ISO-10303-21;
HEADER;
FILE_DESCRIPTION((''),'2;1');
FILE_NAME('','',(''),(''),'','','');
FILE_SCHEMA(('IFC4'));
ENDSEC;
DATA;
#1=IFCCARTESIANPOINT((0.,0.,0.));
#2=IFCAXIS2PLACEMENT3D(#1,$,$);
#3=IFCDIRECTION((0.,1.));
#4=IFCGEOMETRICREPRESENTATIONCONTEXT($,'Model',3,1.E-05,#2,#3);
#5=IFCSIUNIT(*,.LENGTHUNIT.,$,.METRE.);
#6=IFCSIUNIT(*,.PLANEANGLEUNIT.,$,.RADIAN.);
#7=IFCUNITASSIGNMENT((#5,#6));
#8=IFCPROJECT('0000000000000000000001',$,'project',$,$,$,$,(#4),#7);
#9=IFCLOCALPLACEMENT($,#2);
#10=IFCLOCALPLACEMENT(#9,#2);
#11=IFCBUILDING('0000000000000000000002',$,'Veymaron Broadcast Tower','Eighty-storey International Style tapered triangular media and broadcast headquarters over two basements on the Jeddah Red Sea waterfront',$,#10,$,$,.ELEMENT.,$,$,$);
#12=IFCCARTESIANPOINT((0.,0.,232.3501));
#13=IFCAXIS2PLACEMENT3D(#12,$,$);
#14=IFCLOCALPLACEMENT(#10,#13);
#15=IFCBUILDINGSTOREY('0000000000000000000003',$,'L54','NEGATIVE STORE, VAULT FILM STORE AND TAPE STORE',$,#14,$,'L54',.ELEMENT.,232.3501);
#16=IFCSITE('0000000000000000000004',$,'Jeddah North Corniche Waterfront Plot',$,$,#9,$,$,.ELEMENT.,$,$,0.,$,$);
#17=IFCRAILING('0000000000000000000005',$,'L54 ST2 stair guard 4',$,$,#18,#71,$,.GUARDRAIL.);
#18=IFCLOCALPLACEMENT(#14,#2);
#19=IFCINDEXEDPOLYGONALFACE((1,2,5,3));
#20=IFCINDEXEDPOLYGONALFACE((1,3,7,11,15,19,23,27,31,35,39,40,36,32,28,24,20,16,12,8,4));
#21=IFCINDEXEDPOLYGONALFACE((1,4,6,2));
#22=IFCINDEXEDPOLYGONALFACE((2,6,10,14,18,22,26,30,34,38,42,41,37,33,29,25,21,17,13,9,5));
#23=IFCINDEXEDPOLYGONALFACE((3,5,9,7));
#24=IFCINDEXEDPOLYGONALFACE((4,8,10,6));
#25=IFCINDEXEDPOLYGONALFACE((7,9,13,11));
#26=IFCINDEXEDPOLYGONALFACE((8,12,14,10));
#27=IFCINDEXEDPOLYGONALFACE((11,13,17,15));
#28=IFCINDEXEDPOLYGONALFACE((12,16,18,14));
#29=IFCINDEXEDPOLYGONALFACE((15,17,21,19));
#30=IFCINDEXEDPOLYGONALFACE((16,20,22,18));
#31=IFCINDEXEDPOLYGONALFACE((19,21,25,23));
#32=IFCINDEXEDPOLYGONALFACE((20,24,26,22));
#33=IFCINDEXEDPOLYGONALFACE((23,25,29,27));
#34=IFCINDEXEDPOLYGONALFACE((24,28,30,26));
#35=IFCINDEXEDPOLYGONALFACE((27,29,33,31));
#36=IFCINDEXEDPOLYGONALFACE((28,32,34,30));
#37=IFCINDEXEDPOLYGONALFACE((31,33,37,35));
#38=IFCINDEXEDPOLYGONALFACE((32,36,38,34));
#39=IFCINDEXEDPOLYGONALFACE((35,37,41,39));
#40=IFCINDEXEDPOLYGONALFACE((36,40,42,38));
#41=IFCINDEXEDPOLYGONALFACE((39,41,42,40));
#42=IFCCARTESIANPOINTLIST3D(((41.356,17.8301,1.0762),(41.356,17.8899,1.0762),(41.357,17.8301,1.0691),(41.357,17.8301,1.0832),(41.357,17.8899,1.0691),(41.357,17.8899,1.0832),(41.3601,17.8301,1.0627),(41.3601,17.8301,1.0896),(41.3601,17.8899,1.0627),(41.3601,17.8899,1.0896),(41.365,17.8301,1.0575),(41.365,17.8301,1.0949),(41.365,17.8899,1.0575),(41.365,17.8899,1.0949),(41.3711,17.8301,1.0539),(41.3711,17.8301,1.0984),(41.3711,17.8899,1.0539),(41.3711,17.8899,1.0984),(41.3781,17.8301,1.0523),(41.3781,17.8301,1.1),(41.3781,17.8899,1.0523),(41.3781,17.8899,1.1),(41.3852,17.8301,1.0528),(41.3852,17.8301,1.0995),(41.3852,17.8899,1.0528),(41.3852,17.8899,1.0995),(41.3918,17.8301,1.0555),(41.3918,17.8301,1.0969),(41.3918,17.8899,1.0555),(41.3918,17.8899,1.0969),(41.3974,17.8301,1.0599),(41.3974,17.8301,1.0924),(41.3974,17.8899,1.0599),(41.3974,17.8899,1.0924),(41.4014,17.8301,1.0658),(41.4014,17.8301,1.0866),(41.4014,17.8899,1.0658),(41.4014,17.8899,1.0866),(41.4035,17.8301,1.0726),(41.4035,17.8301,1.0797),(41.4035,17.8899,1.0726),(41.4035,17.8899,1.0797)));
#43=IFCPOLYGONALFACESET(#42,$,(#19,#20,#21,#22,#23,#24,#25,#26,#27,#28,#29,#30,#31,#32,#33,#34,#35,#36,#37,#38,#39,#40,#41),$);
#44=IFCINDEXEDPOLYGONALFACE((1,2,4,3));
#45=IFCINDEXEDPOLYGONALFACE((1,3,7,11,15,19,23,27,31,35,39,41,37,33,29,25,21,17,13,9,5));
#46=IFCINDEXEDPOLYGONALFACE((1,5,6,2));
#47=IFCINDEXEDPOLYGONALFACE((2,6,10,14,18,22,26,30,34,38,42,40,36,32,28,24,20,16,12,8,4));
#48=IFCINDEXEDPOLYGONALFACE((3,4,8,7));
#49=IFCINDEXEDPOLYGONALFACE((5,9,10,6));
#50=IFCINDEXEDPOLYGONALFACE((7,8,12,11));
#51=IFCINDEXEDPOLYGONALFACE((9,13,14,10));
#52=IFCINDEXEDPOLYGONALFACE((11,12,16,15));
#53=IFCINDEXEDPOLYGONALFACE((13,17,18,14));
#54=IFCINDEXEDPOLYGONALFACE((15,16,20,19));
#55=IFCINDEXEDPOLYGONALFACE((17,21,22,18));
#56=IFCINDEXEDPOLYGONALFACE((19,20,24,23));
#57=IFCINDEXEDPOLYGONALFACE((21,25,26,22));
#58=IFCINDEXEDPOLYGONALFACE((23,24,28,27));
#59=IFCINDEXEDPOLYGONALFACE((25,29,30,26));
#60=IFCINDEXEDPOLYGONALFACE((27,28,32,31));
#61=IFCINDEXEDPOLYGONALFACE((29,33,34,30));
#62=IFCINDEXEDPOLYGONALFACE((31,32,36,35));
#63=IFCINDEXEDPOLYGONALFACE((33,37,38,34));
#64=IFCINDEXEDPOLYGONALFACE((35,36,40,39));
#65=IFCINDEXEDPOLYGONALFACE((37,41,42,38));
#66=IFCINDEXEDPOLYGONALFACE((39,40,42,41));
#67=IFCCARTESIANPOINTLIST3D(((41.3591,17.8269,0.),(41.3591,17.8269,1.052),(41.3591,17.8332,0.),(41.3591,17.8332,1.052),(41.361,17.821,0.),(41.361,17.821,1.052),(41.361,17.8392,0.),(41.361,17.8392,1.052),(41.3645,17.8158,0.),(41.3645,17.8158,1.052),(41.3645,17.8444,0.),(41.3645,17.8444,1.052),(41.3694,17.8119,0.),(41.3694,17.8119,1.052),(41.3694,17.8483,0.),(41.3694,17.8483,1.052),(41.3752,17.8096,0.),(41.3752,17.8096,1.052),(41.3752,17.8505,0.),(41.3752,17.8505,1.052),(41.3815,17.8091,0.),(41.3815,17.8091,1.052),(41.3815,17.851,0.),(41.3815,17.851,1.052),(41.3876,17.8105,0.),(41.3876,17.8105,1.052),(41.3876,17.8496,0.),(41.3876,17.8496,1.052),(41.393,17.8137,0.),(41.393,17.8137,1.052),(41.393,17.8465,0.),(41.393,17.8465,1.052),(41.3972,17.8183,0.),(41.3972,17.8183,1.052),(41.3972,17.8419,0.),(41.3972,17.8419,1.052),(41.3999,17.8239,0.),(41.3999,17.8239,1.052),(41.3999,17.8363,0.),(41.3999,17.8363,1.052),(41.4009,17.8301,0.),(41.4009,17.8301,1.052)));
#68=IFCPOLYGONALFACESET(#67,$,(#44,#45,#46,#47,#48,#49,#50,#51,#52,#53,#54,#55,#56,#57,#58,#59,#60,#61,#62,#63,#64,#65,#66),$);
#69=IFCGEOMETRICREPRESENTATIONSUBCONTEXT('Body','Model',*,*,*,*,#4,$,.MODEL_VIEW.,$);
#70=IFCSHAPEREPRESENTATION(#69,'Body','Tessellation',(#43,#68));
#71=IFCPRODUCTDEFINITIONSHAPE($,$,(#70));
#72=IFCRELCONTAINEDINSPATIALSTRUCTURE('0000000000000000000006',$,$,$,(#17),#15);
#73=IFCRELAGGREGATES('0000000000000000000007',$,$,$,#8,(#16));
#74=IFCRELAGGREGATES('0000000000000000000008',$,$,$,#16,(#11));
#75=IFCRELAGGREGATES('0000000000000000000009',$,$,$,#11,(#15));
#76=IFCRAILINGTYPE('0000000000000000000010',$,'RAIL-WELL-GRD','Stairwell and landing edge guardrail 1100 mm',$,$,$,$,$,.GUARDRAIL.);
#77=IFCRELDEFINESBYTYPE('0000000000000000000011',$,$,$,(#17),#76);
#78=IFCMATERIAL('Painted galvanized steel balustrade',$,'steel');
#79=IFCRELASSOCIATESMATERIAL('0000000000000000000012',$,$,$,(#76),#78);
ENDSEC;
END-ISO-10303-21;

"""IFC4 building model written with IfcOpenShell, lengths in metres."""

from ifc_helpers import new_model, si_unit, direction, frame, origin, origin_2d, place, context, subcontext, project, spatial, circle, extrude, material, type_object, element, save


model = new_model("IFC4")

# Units and contexts
model_context = context("Model", 3, precision=1e-05, world=origin(), true_north=direction((0.0, 1.0)))
body_context = subcontext(model_context, "Body", "Model", "MODEL_VIEW")
ifc_project = project(units=[si_unit("LENGTHUNIT", "METRE"), si_unit("PLANEANGLEUNIT", "RADIAN")], contexts=[model_context])

# Site, building, storey
site_placement = place(None, origin())
site = spatial("IfcSite", under=ifc_project, at=site_placement, Name="Jeddah North Corniche Waterfront Plot", CompositionType="ELEMENT", RefElevation=0.0)
building_placement = place(site_placement, origin())
building = spatial("IfcBuilding", under=site, at=building_placement, Name="Veymaron Broadcast Tower", Description="Eighty-storey International Style tapered triangular media and broadcast headquarters over two basements on the Jeddah Red Sea waterfront", CompositionType="ELEMENT")
storey_placement = place(building_placement, frame((0.0, 0.0, 232.3501)))
storey = spatial("IfcBuildingStorey", under=building, at=storey_placement, Name="L54", Description="NEGATIVE STORE, VAULT FILM STORE AND TAPE STORE", LongName="L54", CompositionType="ELEMENT", Elevation=232.3501)

# Railing
ifc_material_1 = material(Name="Painted galvanized steel balustrade", Category="steel")
railing_type_1 = type_object("IfcRailingType", Name="RAIL-WELL-GRD", Description="Stairwell and landing edge guardrail 1100 mm", PredefinedType="GUARDRAIL", material=ifc_material_1)
railing_1_placement = place(storey_placement, frame((41.3799, 17.8301, 0.0)))
element("IfcRailing", 1, at=railing_1_placement, inside=storey, type_object=railing_type_1, Name="L54 ST2 stair guard 4", PredefinedType="GUARDRAIL", context=body_context, shape_type="SweptSolid", body=[
    extrude(circle(Radius=0.0239, at=origin_2d()), frame((0.0, 0.0, 1.0762), z_axis=(0.0, 1.0, 0.0), x_axis=(-1.0, 0.0, 0.0)), (0.0, 0.0, 1.0), 0.0598),
    extrude(circle(Radius=0.021, at=origin_2d()), origin(), (0.0, 0.0, 1.0), 1.052),
])

save(model, "model.ifc")
